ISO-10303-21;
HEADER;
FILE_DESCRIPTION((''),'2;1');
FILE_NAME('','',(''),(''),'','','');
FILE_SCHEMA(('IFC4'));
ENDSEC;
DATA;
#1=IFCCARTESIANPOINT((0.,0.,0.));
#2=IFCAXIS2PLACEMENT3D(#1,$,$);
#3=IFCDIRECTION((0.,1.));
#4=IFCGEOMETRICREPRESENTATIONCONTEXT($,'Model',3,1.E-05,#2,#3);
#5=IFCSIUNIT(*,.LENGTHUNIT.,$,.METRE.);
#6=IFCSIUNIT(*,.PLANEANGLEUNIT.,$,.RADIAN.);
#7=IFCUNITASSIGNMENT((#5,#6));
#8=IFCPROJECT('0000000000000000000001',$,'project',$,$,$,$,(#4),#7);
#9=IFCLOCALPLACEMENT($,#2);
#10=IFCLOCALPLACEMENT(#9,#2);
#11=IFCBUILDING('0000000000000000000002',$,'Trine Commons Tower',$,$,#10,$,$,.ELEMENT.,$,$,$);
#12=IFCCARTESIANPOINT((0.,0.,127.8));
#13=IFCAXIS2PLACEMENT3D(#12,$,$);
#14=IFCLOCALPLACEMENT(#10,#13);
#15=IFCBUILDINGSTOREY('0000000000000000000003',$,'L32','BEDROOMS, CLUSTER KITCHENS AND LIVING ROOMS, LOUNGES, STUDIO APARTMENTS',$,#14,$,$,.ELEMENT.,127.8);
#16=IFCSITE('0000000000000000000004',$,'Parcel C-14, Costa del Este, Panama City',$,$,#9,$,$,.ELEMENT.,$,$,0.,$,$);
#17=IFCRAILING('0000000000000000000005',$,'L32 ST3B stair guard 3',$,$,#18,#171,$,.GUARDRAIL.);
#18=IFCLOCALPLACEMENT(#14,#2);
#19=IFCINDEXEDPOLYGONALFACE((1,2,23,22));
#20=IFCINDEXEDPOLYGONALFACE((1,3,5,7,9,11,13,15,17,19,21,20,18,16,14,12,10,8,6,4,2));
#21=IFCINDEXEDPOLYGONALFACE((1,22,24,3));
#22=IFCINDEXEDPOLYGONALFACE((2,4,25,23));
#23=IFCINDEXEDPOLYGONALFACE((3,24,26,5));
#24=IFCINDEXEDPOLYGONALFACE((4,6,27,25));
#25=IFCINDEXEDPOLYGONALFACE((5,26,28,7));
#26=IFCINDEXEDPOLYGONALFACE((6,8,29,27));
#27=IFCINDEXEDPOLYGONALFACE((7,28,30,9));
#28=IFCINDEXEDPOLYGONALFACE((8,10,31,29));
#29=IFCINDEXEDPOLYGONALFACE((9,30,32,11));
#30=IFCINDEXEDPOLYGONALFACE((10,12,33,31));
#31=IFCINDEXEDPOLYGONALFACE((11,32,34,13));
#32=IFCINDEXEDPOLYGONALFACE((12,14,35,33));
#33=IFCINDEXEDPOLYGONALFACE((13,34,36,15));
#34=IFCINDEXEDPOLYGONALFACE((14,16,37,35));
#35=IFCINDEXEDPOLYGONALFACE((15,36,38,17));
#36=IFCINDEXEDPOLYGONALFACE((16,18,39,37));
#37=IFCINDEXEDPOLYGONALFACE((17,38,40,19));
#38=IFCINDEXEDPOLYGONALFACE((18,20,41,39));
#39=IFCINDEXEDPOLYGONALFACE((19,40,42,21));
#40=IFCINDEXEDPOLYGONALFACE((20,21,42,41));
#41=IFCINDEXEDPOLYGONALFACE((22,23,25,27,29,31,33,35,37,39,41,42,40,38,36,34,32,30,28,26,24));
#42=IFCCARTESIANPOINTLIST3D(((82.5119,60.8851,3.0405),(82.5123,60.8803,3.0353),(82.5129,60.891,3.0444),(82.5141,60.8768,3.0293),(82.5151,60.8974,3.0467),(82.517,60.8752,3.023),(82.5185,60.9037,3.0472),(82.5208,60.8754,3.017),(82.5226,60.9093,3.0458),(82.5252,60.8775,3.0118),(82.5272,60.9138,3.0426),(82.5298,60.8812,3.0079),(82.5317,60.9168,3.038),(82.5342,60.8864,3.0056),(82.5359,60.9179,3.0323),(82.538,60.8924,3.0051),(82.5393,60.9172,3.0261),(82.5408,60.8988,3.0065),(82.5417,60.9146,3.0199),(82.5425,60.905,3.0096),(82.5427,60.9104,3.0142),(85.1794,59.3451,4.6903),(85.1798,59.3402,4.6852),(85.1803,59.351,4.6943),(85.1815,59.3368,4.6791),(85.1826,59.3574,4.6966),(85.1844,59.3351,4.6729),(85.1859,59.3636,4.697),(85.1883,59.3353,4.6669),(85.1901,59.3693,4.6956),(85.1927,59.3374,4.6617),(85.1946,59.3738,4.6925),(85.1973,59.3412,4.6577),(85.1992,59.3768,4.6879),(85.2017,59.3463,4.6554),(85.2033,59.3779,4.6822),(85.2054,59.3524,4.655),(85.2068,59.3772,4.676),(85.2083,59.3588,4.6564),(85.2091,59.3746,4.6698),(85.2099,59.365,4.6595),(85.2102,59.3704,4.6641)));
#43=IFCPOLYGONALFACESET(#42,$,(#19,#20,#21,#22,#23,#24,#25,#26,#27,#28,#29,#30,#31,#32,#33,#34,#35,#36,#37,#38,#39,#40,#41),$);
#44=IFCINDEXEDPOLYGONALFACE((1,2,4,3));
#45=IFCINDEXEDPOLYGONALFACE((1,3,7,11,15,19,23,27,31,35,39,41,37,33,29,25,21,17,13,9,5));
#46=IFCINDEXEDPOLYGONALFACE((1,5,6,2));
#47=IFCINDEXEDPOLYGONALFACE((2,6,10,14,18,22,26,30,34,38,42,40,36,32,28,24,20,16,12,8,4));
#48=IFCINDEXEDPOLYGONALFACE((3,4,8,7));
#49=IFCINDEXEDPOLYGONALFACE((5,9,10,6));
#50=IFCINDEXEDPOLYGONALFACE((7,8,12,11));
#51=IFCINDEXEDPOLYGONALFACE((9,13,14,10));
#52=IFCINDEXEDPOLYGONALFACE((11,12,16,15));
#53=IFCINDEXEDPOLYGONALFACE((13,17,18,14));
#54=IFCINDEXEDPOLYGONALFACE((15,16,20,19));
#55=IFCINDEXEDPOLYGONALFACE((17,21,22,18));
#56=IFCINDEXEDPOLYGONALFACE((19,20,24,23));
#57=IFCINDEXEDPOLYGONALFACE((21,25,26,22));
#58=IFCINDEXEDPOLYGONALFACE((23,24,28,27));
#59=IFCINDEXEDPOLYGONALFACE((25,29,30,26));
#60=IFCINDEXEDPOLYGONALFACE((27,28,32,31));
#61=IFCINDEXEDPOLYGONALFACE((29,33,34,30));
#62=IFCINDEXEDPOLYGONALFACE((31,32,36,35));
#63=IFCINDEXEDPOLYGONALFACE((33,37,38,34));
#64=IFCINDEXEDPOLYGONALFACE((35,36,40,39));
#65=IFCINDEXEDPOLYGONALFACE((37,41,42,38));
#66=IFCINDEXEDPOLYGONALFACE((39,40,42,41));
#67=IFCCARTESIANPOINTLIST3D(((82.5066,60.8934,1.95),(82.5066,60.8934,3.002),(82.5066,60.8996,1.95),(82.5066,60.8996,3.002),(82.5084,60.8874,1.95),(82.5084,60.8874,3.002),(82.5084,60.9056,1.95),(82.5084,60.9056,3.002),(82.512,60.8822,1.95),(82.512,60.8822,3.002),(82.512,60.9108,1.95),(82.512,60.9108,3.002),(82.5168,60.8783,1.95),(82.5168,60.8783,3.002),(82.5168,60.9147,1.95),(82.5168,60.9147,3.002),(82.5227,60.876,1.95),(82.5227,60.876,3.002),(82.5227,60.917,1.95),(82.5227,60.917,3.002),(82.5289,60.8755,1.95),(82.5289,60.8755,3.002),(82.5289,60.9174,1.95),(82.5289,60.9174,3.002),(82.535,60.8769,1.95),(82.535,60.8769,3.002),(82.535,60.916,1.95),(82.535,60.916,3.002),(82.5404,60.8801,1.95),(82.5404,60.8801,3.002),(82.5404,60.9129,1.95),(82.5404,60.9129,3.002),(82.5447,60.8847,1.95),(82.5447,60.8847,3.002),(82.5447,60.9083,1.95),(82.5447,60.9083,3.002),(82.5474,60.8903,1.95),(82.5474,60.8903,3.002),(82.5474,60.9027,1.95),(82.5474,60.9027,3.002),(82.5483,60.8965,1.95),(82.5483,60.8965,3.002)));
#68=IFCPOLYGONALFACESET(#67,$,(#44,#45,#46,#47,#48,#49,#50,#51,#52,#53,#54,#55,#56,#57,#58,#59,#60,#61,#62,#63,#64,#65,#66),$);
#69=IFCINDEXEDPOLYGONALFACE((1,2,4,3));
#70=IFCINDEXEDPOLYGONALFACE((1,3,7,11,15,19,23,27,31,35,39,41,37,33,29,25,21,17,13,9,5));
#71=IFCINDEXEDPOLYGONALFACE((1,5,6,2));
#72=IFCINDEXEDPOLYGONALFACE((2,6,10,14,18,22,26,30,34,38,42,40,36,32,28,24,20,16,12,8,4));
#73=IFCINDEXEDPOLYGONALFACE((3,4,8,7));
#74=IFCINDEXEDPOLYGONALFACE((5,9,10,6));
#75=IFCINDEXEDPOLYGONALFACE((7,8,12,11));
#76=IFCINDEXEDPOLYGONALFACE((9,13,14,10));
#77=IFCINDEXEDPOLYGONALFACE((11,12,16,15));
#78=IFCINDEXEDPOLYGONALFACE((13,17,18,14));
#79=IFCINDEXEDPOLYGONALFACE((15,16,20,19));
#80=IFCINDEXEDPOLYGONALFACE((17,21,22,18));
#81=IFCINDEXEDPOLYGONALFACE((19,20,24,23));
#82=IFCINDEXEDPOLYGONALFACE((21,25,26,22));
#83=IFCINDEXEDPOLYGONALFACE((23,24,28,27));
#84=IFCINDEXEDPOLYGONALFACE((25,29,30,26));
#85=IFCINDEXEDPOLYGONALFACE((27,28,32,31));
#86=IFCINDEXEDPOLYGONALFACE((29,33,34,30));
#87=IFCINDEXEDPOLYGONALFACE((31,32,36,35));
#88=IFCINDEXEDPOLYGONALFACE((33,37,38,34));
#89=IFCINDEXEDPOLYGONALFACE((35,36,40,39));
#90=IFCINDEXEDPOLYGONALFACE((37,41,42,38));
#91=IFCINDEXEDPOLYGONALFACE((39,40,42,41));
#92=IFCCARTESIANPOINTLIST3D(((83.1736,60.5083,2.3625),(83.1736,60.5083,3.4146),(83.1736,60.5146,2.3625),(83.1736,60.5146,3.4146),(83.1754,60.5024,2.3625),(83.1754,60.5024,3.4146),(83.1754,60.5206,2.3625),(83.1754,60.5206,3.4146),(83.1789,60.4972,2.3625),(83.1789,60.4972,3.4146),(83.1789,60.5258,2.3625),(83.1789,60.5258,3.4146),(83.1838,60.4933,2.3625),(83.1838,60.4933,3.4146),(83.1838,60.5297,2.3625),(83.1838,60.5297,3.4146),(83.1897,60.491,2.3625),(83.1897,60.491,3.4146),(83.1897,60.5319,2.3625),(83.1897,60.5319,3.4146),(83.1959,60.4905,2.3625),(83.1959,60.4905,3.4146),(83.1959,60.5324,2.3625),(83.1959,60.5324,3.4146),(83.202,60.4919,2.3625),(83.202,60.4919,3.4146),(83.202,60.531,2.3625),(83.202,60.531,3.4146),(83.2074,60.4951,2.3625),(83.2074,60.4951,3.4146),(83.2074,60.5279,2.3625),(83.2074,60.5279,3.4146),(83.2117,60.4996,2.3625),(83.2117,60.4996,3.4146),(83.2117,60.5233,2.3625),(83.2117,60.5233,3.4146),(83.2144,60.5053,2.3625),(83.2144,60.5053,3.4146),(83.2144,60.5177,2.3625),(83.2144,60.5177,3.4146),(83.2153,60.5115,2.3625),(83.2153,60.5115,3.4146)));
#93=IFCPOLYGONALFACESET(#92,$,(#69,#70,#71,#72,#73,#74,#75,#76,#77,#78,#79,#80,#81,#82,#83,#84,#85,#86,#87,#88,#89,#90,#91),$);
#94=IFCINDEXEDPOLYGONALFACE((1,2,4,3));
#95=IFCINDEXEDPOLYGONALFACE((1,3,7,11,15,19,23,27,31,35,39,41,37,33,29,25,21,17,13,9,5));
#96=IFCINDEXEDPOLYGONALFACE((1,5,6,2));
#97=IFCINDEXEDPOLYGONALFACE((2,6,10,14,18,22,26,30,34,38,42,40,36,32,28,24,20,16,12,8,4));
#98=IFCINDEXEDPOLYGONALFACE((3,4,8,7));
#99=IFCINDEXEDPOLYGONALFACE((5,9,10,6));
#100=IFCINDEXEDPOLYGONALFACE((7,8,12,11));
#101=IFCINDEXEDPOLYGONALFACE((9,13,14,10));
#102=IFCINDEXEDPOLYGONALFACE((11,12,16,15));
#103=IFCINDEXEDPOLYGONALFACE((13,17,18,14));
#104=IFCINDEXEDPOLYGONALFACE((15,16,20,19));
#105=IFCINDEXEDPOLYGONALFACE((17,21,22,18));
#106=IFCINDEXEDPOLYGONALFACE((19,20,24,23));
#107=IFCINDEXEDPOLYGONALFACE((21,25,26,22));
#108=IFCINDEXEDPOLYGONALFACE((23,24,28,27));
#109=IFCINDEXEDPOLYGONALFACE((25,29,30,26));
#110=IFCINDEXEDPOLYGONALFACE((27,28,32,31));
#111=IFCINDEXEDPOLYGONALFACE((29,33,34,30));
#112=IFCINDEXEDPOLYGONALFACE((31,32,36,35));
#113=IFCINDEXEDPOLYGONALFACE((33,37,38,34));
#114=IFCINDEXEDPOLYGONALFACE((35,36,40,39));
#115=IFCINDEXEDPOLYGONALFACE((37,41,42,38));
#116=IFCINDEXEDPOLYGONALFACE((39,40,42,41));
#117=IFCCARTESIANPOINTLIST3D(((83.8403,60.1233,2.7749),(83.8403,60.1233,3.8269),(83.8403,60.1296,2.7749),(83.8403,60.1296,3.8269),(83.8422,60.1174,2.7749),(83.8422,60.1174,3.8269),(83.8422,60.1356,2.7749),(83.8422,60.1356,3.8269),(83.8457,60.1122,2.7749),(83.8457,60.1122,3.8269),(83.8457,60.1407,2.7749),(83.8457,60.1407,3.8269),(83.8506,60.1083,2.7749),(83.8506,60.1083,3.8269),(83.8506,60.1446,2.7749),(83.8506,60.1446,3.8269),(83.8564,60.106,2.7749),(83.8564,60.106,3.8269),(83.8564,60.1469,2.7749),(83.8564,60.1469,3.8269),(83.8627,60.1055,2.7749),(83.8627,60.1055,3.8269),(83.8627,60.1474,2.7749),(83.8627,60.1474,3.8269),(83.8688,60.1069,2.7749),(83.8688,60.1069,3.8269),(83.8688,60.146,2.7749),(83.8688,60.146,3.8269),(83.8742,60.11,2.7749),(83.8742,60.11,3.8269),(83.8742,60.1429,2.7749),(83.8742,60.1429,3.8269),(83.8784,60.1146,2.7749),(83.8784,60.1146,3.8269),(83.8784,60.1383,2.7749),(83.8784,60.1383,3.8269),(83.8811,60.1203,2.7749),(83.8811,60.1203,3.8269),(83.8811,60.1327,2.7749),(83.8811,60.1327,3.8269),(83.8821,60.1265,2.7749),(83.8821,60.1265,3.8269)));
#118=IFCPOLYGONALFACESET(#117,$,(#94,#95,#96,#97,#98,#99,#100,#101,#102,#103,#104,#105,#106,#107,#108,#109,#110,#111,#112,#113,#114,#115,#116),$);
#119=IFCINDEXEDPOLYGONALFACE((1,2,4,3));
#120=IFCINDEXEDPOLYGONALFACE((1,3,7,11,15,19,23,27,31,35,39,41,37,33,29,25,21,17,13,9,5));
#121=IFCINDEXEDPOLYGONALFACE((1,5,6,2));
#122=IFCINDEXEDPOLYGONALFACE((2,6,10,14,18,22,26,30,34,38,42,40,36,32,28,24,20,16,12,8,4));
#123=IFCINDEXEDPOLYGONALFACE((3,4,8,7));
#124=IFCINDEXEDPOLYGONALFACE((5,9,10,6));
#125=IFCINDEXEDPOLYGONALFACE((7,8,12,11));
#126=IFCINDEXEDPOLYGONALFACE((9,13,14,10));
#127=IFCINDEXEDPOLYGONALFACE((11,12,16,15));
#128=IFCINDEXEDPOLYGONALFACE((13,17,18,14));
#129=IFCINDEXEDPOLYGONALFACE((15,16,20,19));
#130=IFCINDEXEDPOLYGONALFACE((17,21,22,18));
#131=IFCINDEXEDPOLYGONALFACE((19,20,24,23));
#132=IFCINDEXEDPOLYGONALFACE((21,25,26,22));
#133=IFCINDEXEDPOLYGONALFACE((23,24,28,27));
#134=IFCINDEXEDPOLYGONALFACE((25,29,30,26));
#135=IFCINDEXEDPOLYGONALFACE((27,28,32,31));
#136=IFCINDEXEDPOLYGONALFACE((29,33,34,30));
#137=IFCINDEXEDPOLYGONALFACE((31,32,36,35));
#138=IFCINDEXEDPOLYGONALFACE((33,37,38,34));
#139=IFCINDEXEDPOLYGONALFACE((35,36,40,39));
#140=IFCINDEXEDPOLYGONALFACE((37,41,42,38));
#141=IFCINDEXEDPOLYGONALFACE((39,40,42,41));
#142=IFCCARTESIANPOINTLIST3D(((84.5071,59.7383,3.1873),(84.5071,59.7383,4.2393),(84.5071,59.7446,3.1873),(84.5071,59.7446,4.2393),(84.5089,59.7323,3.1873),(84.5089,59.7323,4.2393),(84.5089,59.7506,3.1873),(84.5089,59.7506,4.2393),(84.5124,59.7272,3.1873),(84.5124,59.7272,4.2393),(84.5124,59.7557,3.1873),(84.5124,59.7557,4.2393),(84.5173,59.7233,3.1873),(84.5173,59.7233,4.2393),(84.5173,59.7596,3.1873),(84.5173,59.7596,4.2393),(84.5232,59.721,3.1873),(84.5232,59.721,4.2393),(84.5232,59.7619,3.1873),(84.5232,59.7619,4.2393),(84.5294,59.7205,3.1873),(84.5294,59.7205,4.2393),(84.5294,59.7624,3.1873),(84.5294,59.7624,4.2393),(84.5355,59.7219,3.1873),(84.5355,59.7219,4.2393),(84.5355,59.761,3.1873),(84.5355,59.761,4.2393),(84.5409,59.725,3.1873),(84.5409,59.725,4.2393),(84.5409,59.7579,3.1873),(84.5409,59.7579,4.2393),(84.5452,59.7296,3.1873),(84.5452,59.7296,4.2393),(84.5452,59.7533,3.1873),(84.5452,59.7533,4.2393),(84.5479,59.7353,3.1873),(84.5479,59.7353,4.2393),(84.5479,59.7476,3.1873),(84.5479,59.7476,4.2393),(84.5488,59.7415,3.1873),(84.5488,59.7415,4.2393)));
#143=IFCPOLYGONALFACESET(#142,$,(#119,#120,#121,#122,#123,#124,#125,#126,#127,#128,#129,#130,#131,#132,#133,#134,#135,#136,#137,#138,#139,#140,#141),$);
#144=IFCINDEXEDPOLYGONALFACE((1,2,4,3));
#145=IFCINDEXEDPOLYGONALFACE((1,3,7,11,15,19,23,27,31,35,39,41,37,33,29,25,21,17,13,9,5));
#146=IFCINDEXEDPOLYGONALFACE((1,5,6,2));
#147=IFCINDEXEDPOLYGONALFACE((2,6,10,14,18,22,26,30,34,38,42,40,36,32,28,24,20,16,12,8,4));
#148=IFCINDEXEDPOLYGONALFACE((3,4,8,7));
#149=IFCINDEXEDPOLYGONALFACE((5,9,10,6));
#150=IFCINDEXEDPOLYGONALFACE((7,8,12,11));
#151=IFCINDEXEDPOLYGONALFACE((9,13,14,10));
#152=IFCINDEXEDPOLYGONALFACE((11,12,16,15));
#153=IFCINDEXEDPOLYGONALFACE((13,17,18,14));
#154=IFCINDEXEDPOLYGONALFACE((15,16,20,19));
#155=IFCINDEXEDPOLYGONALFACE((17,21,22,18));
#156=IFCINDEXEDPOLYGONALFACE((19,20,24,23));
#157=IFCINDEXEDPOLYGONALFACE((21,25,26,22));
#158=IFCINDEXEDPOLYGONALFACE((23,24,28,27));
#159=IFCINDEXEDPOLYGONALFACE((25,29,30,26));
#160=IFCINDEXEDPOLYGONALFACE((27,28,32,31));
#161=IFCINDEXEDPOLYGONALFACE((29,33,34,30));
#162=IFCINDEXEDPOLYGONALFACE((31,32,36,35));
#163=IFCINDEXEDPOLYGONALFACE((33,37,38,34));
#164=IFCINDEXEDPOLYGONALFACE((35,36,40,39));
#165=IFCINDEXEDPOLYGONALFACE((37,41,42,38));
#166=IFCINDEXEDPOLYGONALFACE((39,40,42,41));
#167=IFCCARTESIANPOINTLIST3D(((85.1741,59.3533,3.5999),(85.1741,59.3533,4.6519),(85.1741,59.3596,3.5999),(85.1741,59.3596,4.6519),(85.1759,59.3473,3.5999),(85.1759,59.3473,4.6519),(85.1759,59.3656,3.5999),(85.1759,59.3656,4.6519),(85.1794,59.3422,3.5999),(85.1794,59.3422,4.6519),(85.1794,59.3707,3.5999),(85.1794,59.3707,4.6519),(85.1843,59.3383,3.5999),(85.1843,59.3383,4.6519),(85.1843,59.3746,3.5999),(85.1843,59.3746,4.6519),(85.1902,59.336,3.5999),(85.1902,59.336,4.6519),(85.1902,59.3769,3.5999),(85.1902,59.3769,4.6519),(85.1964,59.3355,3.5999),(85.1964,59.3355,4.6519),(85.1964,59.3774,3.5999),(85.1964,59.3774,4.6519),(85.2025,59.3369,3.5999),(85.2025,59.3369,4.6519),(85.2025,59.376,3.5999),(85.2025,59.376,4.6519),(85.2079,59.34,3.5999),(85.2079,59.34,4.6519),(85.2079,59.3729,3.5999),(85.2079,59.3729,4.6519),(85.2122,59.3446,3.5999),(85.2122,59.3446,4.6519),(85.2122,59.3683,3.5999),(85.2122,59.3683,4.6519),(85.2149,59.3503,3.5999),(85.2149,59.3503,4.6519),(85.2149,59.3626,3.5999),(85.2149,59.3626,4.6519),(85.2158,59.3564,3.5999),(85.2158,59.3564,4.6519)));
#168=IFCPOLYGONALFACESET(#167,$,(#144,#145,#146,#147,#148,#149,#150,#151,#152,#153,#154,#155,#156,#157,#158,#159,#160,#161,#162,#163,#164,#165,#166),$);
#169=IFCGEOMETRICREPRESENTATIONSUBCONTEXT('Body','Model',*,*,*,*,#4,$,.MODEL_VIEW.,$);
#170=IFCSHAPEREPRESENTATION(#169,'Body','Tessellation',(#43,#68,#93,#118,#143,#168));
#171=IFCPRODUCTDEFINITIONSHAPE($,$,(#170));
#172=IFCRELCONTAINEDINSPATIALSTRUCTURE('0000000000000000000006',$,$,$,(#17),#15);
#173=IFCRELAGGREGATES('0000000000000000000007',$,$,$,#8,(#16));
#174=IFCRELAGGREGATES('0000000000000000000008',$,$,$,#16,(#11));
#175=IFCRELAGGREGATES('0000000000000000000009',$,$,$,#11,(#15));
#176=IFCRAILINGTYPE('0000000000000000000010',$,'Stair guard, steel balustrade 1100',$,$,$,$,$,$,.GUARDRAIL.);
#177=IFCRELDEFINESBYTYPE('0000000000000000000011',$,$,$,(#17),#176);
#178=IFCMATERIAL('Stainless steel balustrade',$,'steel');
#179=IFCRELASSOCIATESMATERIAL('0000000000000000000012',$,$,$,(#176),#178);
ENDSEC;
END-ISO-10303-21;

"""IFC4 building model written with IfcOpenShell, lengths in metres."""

from ifc_helpers import new_model, si_unit, direction, frame, origin, origin_2d, place, context, subcontext, project, spatial, circle, extrude, material, type_object, element, save


model = new_model("IFC4")

# Units and contexts
model_context = context("Model", 3, precision=1e-05, world=origin(), true_north=direction((0.0, 1.0)))
body_context = subcontext(model_context, "Body", "Model", "MODEL_VIEW")
ifc_project = project(units=[si_unit("LENGTHUNIT", "METRE"), si_unit("PLANEANGLEUNIT", "RADIAN")], contexts=[model_context])

# Site, building, storey
site_placement = place(None, origin())
site = spatial("IfcSite", under=ifc_project, at=site_placement, Name="Parcel C-14, Costa del Este, Panama City", CompositionType="ELEMENT", RefElevation=0.0)
building_placement = place(site_placement, origin())
building = spatial("IfcBuilding", under=site, at=building_placement, Name="Trine Commons Tower", CompositionType="ELEMENT")
storey_placement = place(building_placement, frame((0.0, 0.0, 127.8)))
storey = spatial("IfcBuildingStorey", under=building, at=storey_placement, Name="L32", Description="BEDROOMS, CLUSTER KITCHENS AND LIVING ROOMS, LOUNGES, STUDIO APARTMENTS", CompositionType="ELEMENT", Elevation=127.8)

# Railing
ifc_material_1 = material(Name="Stainless steel balustrade", Category="steel")
railing_type_1 = type_object("IfcRailingType", Name="Stair guard, steel balustrade 1100", PredefinedType="GUARDRAIL", material=ifc_material_1)
railing_1_placement = place(storey_placement, frame((82.5273, 60.8965, 1.95)))
element("IfcRailing", 1, at=railing_1_placement, inside=storey, type_object=railing_type_1, Name="L32 ST3B stair guard 3", PredefinedType="GUARDRAIL", context=body_context, shape_type="SweptSolid", body=[
    extrude(circle(Radius=0.0239, at=origin_2d()), frame((0.0, 0.0, 1.0762), z_axis=(0.763405, -0.440743, 0.472185), x_axis=(0.499992, 0.86603, 0.0)), (0.0, 0.0, 1.0), 3.4941),
    extrude(circle(Radius=0.021, at=origin_2d()), origin(), (0.0, 0.0, 1.0), 1.052),
    extrude(circle(Radius=0.021, at=origin_2d()), frame((0.667, -0.385, 0.4126)), (0.0, 0.0, 1.0), 1.052),
    extrude(circle(Radius=0.021, at=origin_2d()), frame((1.3337, -0.77, 0.825)), (0.0, 0.0, 1.0), 1.052),
    extrude(circle(Radius=0.021, at=origin_2d()), frame((2.0005, -1.155, 1.2373)), (0.0, 0.0, 1.0), 1.052),
    extrude(circle(Radius=0.021, at=origin_2d()), frame((2.6675, -1.54, 1.6499)), (0.0, 0.0, 1.0), 1.052),
])

save(model, "model.ifc")
